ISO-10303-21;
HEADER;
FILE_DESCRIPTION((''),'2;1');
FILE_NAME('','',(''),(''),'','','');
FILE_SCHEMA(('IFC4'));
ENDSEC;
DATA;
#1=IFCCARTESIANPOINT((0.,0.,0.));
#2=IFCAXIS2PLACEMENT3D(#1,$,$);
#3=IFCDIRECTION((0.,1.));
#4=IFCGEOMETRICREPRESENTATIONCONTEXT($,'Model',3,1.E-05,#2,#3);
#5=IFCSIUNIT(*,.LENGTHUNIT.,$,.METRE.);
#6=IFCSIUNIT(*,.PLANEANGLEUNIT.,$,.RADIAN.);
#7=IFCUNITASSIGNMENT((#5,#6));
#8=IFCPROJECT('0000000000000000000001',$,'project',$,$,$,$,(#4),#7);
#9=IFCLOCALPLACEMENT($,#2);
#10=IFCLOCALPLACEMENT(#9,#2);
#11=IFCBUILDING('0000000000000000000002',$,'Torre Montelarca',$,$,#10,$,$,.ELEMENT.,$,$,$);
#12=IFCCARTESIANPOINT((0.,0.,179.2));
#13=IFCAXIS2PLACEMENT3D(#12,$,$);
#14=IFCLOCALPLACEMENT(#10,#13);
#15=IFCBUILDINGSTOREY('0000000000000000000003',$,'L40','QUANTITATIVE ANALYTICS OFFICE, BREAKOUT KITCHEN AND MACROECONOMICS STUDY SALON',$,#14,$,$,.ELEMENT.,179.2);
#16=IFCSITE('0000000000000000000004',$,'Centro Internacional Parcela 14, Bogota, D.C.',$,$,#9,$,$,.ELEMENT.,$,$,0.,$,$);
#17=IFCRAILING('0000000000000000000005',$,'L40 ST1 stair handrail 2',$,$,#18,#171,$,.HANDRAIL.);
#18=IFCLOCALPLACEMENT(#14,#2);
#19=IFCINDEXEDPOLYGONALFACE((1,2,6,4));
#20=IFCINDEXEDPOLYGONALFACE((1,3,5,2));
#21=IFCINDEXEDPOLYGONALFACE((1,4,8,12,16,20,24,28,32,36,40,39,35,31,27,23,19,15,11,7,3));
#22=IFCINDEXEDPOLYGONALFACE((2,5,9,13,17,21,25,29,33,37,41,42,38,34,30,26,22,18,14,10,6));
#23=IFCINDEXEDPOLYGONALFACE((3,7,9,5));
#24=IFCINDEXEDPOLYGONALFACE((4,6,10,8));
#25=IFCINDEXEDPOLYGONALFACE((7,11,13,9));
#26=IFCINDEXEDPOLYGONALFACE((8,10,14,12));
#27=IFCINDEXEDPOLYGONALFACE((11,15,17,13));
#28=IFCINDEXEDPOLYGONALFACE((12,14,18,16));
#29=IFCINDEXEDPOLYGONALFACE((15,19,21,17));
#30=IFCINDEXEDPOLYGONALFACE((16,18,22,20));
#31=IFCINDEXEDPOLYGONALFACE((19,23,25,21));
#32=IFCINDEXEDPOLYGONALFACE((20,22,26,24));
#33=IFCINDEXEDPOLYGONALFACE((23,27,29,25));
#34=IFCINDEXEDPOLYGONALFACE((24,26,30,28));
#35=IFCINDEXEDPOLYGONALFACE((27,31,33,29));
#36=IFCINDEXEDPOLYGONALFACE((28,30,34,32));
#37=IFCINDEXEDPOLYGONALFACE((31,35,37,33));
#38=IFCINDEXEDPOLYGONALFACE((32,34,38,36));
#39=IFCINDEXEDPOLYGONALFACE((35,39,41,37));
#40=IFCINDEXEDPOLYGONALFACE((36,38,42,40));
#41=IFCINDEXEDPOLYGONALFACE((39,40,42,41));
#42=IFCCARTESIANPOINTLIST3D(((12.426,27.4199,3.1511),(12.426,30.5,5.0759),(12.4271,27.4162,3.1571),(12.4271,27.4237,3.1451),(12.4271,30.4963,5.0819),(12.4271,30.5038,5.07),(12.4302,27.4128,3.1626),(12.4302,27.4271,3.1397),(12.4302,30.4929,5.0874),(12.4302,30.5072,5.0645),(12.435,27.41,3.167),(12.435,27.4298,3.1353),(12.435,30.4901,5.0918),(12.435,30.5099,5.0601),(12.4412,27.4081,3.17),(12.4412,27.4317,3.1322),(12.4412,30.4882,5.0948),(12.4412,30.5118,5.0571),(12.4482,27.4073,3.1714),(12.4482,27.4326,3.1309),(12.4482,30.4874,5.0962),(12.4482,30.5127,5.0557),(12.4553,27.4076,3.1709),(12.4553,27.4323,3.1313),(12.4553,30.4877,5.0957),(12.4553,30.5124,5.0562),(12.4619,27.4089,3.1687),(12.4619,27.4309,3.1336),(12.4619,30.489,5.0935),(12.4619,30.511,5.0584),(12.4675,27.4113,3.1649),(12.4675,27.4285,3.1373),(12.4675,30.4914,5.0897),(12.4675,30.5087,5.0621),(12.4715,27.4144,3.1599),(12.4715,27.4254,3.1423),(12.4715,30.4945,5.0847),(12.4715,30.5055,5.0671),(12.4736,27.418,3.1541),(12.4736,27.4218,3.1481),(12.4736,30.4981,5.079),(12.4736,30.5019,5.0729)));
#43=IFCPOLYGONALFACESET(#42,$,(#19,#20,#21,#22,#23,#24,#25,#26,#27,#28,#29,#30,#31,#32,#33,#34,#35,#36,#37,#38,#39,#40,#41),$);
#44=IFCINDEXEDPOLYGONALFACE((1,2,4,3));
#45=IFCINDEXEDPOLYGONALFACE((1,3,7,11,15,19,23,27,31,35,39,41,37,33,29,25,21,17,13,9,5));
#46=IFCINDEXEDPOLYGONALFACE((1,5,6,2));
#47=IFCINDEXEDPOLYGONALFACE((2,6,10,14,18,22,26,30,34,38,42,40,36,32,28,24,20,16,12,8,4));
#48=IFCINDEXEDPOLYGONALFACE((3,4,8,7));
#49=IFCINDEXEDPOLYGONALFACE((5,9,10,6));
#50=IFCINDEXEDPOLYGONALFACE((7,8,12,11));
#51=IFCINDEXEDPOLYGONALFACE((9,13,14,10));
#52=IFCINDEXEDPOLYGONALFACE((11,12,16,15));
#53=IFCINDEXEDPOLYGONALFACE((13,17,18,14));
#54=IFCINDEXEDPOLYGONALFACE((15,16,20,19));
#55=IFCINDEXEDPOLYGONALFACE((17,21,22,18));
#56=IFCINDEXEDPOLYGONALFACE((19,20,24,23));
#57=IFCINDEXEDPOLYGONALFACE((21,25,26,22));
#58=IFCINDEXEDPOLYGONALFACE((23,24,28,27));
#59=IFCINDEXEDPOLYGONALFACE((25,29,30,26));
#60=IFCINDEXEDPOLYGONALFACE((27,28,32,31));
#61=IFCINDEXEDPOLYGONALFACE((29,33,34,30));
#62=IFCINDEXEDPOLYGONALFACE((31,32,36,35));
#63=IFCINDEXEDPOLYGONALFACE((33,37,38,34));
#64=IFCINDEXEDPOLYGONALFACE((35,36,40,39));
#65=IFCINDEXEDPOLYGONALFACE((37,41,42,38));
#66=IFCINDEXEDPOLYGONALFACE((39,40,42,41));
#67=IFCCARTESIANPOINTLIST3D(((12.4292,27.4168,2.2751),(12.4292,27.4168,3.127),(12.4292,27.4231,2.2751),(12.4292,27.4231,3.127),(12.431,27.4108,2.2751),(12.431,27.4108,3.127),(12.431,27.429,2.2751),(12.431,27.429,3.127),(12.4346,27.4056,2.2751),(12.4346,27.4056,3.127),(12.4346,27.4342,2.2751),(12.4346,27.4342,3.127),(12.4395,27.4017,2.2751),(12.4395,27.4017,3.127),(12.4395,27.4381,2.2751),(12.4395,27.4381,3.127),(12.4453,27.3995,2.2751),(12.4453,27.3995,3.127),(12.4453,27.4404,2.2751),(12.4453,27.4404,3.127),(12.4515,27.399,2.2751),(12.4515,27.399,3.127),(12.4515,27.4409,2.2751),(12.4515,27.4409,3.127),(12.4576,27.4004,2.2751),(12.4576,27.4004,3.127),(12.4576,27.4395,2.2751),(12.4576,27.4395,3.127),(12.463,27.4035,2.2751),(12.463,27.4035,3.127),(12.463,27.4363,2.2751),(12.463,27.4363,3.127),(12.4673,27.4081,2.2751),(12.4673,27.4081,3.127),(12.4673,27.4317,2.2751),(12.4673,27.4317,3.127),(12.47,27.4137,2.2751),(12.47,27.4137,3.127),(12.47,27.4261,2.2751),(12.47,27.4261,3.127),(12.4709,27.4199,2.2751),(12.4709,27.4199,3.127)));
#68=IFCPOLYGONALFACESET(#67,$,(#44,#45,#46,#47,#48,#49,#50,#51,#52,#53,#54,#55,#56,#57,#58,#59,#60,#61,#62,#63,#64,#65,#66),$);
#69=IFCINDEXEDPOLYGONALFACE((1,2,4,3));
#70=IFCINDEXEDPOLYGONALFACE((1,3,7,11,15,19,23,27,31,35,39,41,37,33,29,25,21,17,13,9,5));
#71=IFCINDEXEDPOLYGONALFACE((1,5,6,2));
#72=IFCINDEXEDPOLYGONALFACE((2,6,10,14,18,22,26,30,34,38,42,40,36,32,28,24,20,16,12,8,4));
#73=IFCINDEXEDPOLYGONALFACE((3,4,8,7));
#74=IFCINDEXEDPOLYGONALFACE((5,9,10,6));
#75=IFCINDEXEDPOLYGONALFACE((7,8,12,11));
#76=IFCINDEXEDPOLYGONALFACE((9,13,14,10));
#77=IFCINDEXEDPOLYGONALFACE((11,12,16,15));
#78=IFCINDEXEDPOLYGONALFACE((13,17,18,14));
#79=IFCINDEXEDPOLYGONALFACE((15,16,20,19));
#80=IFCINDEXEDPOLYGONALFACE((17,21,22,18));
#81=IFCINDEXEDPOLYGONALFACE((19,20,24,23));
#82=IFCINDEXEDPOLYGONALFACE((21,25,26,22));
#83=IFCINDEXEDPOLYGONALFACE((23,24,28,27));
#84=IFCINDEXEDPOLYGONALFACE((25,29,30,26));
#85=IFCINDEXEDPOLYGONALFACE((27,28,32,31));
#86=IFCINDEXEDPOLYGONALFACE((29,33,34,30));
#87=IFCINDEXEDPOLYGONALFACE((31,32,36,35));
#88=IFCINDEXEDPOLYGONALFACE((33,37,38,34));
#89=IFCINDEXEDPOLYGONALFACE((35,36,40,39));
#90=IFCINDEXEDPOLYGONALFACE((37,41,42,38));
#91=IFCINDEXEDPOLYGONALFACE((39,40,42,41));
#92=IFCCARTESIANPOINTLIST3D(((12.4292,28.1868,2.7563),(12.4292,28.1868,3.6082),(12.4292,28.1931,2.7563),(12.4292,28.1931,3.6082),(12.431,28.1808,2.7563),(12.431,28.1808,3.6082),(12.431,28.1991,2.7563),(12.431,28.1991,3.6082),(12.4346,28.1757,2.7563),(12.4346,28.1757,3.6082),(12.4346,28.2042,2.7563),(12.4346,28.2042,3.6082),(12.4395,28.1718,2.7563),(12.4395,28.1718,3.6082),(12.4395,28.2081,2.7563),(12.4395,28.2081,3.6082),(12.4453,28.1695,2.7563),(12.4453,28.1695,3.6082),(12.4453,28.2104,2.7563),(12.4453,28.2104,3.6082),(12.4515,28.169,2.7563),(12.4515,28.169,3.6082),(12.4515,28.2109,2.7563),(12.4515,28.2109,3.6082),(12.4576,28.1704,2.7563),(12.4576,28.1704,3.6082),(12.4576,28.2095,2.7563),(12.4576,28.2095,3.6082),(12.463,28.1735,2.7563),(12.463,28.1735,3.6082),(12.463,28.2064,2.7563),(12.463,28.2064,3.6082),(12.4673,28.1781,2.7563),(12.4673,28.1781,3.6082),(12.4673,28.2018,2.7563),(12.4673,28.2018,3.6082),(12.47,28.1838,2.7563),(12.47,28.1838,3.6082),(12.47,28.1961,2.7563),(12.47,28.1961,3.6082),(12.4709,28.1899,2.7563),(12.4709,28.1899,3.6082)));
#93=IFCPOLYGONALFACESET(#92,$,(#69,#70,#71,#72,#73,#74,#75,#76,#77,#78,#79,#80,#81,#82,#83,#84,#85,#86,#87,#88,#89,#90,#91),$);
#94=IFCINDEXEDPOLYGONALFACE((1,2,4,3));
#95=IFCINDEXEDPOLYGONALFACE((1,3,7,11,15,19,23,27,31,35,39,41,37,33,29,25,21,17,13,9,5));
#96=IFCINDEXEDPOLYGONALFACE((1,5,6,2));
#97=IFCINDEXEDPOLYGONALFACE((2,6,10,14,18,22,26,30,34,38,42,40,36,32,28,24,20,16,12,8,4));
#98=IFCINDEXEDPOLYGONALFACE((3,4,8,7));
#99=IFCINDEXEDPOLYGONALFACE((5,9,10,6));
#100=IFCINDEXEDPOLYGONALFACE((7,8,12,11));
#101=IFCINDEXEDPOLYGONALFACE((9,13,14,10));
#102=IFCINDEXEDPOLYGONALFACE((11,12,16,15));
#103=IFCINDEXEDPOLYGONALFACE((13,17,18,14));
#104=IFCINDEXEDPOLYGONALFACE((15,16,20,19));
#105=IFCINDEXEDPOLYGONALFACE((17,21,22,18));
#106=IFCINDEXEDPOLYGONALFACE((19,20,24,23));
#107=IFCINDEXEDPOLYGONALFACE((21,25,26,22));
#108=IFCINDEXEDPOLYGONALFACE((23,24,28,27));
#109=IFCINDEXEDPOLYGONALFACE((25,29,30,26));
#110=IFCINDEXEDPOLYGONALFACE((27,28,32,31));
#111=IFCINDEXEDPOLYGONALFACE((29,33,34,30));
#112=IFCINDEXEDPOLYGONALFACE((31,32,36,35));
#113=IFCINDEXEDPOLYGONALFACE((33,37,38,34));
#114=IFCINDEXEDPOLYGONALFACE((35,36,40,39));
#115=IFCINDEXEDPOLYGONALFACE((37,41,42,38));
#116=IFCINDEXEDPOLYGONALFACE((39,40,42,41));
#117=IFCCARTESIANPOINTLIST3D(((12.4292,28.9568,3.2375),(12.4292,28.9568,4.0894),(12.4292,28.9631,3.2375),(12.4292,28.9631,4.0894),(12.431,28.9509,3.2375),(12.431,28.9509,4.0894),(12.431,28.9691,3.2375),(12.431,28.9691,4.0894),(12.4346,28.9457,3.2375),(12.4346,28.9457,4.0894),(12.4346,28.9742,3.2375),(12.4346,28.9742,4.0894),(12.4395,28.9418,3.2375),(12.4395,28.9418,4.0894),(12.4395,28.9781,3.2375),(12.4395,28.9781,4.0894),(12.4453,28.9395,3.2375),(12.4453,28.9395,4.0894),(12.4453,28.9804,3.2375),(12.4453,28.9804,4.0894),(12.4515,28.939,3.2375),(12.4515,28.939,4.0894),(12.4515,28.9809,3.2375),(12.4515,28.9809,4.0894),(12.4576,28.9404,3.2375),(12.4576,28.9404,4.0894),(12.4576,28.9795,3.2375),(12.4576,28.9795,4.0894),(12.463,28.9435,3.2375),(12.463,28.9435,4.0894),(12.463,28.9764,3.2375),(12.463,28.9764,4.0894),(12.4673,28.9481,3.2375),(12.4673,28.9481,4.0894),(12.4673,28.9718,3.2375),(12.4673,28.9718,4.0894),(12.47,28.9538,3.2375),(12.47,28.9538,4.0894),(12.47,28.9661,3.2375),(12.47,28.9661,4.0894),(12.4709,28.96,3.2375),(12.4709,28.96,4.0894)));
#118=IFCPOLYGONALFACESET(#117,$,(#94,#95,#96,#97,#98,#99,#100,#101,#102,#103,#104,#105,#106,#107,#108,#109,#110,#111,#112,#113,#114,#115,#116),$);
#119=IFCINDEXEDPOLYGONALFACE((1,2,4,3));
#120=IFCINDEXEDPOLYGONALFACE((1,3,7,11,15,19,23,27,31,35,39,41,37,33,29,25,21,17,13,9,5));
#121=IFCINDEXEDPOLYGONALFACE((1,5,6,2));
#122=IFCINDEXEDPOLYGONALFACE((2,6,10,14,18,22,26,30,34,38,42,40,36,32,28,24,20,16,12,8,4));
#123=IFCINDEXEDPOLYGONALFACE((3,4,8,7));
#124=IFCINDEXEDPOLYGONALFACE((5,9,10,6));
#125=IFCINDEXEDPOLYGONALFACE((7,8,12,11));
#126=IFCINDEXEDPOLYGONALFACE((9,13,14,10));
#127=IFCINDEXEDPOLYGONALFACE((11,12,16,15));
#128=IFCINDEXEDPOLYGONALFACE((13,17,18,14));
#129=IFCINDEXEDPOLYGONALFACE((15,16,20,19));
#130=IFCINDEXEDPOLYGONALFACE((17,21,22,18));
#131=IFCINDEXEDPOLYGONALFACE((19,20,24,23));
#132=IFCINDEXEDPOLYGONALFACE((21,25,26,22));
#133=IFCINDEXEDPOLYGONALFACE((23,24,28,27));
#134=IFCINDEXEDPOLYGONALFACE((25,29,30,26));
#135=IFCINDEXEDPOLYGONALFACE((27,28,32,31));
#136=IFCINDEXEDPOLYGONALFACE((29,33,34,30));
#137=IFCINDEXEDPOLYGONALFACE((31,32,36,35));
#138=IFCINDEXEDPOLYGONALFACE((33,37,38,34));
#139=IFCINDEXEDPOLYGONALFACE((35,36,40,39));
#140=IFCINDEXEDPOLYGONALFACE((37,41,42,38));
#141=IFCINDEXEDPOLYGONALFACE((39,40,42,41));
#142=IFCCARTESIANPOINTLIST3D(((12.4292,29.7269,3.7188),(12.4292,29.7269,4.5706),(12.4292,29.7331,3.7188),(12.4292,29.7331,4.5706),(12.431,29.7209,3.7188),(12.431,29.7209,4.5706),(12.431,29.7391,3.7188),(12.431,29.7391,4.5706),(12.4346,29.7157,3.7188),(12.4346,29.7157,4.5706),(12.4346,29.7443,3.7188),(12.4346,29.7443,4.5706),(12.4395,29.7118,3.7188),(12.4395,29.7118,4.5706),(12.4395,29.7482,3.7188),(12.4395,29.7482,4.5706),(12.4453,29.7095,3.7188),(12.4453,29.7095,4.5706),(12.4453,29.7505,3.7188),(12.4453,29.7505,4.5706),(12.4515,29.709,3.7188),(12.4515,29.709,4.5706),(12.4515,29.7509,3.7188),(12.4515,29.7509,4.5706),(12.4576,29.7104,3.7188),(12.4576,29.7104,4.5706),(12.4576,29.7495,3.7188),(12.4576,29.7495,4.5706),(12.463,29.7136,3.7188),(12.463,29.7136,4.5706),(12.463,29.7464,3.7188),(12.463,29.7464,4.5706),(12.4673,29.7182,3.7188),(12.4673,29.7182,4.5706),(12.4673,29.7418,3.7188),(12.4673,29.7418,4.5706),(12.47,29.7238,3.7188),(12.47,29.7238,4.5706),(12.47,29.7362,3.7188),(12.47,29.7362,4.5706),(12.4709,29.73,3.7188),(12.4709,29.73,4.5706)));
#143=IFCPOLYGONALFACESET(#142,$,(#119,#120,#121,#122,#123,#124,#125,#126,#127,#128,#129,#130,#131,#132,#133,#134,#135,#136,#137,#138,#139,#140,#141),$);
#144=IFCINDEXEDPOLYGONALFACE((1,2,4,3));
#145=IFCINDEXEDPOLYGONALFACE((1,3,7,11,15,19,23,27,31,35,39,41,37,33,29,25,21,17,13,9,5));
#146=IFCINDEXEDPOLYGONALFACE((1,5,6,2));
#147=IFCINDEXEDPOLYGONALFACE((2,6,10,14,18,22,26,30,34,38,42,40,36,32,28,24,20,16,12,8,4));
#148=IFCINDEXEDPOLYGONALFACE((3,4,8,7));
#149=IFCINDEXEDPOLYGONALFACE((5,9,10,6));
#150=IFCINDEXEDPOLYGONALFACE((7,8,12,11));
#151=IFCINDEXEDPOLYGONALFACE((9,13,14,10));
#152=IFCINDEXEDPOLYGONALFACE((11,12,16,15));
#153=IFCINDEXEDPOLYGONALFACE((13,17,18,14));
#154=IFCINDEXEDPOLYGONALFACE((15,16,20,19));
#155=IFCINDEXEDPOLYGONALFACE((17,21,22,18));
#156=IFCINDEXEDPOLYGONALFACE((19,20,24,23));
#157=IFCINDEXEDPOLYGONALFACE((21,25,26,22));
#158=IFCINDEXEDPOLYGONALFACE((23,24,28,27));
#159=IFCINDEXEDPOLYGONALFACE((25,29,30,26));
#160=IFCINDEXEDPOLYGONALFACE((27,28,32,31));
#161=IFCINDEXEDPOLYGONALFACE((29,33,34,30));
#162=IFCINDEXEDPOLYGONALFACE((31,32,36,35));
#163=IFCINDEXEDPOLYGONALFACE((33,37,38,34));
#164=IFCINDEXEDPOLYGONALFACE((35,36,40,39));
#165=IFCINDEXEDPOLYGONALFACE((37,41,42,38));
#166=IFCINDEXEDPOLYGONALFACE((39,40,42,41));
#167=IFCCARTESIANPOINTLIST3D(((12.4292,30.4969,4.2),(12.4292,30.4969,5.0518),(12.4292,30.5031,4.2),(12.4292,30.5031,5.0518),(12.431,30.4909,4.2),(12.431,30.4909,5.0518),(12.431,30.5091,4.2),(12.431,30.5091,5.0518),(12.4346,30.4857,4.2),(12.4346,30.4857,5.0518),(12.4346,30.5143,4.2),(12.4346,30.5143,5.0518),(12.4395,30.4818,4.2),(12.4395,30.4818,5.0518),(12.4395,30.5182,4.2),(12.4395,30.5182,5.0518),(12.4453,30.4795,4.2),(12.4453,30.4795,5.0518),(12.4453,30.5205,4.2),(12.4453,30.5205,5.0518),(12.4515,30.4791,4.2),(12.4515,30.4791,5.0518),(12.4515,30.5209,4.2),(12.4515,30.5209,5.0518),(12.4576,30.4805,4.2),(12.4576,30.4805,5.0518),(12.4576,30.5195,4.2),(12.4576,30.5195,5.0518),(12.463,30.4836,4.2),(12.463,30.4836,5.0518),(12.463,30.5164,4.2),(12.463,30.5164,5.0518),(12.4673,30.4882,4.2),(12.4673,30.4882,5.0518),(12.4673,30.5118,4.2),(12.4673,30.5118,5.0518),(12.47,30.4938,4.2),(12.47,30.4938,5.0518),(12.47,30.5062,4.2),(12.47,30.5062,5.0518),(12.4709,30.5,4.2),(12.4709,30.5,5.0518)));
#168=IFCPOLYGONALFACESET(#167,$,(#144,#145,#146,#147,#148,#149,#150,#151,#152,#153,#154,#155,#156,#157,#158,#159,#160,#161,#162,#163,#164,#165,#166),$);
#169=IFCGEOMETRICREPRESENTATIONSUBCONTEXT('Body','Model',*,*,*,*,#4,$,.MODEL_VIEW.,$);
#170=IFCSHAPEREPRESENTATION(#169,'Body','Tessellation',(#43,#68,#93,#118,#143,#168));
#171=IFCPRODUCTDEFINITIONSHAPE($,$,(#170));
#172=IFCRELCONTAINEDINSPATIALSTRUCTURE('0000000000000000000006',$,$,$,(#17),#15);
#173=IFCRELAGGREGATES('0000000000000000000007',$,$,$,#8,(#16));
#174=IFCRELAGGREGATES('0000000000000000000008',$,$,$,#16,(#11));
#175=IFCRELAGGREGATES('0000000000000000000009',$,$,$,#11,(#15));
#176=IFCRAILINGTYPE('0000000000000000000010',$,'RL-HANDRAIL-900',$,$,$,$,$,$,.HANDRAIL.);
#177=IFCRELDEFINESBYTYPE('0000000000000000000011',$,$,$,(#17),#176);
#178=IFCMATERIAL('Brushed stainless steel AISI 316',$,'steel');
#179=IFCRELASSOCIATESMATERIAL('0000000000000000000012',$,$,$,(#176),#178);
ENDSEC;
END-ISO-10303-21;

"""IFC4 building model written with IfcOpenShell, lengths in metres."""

from ifc_helpers import new_model, si_unit, direction, frame, origin, origin_2d, place, context, subcontext, project, spatial, circle, extrude, material, type_object, element, save


model = new_model("IFC4")

# Units and contexts
model_context = context("Model", 3, precision=1e-05, world=origin(), true_north=direction((0.0, 1.0)))
body_context = subcontext(model_context, "Body", "Model", "MODEL_VIEW")
ifc_project = project(units=[si_unit("LENGTHUNIT", "METRE"), si_unit("PLANEANGLEUNIT", "RADIAN")], contexts=[model_context])

# Site, building, storey
site_placement = place(None, origin())
site = spatial("IfcSite", under=ifc_project, at=site_placement, Name="Centro Internacional Parcela 14, Bogota, D.C.", CompositionType="ELEMENT", RefElevation=0.0)
building_placement = place(site_placement, origin())
building = spatial("IfcBuilding", under=site, at=building_placement, Name="Torre Montelarca", CompositionType="ELEMENT")
storey_placement = place(building_placement, frame((0.0, 0.0, 179.2)))
storey = spatial("IfcBuildingStorey", under=building, at=storey_placement, Name="L40", Description="QUANTITATIVE ANALYTICS OFFICE, BREAKOUT KITCHEN AND MACROECONOMICS STUDY SALON", CompositionType="ELEMENT", Elevation=179.2)

# Railing
ifc_material_1 = material(Name="Brushed stainless steel AISI 316", Category="steel")
railing_type_1 = type_object("IfcRailingType", Name="RL-HANDRAIL-900", PredefinedType="HANDRAIL", material=ifc_material_1)
railing_1_placement = place(storey_placement, frame((12.45, 27.4199, 2.2751)))
element("IfcRailing", 1, at=railing_1_placement, inside=storey, type_object=railing_type_1, Name="L40 ST1 stair handrail 2", PredefinedType="HANDRAIL", context=body_context, shape_type="SweptSolid", body=[
    extrude(circle(Radius=0.0239, at=origin_2d()), frame((0.0, 0.0, 0.876), z_axis=(0.0, 0.848029, 0.529951), x_axis=(-1.0, 0.0, 0.0)), (0.0, 0.0, 1.0), 3.6321),
    extrude(circle(Radius=0.021, at=origin_2d()), origin(), (0.0, 0.0, 1.0), 0.8518),
    extrude(circle(Radius=0.021, at=origin_2d()), frame((0.0, 0.77, 0.4812)), (0.0, 0.0, 1.0), 0.8518),
    extrude(circle(Radius=0.021, at=origin_2d()), frame((0.0, 1.54, 0.9624)), (0.0, 0.0, 1.0), 0.8518),
    extrude(circle(Radius=0.021, at=origin_2d()), frame((0.0, 2.3101, 1.4436)), (0.0, 0.0, 1.0), 0.8518),
    extrude(circle(Radius=0.021, at=origin_2d()), frame((0.0, 3.0801, 1.9248)), (0.0, 0.0, 1.0), 0.8518),
])

save(model, "model.ifc")
